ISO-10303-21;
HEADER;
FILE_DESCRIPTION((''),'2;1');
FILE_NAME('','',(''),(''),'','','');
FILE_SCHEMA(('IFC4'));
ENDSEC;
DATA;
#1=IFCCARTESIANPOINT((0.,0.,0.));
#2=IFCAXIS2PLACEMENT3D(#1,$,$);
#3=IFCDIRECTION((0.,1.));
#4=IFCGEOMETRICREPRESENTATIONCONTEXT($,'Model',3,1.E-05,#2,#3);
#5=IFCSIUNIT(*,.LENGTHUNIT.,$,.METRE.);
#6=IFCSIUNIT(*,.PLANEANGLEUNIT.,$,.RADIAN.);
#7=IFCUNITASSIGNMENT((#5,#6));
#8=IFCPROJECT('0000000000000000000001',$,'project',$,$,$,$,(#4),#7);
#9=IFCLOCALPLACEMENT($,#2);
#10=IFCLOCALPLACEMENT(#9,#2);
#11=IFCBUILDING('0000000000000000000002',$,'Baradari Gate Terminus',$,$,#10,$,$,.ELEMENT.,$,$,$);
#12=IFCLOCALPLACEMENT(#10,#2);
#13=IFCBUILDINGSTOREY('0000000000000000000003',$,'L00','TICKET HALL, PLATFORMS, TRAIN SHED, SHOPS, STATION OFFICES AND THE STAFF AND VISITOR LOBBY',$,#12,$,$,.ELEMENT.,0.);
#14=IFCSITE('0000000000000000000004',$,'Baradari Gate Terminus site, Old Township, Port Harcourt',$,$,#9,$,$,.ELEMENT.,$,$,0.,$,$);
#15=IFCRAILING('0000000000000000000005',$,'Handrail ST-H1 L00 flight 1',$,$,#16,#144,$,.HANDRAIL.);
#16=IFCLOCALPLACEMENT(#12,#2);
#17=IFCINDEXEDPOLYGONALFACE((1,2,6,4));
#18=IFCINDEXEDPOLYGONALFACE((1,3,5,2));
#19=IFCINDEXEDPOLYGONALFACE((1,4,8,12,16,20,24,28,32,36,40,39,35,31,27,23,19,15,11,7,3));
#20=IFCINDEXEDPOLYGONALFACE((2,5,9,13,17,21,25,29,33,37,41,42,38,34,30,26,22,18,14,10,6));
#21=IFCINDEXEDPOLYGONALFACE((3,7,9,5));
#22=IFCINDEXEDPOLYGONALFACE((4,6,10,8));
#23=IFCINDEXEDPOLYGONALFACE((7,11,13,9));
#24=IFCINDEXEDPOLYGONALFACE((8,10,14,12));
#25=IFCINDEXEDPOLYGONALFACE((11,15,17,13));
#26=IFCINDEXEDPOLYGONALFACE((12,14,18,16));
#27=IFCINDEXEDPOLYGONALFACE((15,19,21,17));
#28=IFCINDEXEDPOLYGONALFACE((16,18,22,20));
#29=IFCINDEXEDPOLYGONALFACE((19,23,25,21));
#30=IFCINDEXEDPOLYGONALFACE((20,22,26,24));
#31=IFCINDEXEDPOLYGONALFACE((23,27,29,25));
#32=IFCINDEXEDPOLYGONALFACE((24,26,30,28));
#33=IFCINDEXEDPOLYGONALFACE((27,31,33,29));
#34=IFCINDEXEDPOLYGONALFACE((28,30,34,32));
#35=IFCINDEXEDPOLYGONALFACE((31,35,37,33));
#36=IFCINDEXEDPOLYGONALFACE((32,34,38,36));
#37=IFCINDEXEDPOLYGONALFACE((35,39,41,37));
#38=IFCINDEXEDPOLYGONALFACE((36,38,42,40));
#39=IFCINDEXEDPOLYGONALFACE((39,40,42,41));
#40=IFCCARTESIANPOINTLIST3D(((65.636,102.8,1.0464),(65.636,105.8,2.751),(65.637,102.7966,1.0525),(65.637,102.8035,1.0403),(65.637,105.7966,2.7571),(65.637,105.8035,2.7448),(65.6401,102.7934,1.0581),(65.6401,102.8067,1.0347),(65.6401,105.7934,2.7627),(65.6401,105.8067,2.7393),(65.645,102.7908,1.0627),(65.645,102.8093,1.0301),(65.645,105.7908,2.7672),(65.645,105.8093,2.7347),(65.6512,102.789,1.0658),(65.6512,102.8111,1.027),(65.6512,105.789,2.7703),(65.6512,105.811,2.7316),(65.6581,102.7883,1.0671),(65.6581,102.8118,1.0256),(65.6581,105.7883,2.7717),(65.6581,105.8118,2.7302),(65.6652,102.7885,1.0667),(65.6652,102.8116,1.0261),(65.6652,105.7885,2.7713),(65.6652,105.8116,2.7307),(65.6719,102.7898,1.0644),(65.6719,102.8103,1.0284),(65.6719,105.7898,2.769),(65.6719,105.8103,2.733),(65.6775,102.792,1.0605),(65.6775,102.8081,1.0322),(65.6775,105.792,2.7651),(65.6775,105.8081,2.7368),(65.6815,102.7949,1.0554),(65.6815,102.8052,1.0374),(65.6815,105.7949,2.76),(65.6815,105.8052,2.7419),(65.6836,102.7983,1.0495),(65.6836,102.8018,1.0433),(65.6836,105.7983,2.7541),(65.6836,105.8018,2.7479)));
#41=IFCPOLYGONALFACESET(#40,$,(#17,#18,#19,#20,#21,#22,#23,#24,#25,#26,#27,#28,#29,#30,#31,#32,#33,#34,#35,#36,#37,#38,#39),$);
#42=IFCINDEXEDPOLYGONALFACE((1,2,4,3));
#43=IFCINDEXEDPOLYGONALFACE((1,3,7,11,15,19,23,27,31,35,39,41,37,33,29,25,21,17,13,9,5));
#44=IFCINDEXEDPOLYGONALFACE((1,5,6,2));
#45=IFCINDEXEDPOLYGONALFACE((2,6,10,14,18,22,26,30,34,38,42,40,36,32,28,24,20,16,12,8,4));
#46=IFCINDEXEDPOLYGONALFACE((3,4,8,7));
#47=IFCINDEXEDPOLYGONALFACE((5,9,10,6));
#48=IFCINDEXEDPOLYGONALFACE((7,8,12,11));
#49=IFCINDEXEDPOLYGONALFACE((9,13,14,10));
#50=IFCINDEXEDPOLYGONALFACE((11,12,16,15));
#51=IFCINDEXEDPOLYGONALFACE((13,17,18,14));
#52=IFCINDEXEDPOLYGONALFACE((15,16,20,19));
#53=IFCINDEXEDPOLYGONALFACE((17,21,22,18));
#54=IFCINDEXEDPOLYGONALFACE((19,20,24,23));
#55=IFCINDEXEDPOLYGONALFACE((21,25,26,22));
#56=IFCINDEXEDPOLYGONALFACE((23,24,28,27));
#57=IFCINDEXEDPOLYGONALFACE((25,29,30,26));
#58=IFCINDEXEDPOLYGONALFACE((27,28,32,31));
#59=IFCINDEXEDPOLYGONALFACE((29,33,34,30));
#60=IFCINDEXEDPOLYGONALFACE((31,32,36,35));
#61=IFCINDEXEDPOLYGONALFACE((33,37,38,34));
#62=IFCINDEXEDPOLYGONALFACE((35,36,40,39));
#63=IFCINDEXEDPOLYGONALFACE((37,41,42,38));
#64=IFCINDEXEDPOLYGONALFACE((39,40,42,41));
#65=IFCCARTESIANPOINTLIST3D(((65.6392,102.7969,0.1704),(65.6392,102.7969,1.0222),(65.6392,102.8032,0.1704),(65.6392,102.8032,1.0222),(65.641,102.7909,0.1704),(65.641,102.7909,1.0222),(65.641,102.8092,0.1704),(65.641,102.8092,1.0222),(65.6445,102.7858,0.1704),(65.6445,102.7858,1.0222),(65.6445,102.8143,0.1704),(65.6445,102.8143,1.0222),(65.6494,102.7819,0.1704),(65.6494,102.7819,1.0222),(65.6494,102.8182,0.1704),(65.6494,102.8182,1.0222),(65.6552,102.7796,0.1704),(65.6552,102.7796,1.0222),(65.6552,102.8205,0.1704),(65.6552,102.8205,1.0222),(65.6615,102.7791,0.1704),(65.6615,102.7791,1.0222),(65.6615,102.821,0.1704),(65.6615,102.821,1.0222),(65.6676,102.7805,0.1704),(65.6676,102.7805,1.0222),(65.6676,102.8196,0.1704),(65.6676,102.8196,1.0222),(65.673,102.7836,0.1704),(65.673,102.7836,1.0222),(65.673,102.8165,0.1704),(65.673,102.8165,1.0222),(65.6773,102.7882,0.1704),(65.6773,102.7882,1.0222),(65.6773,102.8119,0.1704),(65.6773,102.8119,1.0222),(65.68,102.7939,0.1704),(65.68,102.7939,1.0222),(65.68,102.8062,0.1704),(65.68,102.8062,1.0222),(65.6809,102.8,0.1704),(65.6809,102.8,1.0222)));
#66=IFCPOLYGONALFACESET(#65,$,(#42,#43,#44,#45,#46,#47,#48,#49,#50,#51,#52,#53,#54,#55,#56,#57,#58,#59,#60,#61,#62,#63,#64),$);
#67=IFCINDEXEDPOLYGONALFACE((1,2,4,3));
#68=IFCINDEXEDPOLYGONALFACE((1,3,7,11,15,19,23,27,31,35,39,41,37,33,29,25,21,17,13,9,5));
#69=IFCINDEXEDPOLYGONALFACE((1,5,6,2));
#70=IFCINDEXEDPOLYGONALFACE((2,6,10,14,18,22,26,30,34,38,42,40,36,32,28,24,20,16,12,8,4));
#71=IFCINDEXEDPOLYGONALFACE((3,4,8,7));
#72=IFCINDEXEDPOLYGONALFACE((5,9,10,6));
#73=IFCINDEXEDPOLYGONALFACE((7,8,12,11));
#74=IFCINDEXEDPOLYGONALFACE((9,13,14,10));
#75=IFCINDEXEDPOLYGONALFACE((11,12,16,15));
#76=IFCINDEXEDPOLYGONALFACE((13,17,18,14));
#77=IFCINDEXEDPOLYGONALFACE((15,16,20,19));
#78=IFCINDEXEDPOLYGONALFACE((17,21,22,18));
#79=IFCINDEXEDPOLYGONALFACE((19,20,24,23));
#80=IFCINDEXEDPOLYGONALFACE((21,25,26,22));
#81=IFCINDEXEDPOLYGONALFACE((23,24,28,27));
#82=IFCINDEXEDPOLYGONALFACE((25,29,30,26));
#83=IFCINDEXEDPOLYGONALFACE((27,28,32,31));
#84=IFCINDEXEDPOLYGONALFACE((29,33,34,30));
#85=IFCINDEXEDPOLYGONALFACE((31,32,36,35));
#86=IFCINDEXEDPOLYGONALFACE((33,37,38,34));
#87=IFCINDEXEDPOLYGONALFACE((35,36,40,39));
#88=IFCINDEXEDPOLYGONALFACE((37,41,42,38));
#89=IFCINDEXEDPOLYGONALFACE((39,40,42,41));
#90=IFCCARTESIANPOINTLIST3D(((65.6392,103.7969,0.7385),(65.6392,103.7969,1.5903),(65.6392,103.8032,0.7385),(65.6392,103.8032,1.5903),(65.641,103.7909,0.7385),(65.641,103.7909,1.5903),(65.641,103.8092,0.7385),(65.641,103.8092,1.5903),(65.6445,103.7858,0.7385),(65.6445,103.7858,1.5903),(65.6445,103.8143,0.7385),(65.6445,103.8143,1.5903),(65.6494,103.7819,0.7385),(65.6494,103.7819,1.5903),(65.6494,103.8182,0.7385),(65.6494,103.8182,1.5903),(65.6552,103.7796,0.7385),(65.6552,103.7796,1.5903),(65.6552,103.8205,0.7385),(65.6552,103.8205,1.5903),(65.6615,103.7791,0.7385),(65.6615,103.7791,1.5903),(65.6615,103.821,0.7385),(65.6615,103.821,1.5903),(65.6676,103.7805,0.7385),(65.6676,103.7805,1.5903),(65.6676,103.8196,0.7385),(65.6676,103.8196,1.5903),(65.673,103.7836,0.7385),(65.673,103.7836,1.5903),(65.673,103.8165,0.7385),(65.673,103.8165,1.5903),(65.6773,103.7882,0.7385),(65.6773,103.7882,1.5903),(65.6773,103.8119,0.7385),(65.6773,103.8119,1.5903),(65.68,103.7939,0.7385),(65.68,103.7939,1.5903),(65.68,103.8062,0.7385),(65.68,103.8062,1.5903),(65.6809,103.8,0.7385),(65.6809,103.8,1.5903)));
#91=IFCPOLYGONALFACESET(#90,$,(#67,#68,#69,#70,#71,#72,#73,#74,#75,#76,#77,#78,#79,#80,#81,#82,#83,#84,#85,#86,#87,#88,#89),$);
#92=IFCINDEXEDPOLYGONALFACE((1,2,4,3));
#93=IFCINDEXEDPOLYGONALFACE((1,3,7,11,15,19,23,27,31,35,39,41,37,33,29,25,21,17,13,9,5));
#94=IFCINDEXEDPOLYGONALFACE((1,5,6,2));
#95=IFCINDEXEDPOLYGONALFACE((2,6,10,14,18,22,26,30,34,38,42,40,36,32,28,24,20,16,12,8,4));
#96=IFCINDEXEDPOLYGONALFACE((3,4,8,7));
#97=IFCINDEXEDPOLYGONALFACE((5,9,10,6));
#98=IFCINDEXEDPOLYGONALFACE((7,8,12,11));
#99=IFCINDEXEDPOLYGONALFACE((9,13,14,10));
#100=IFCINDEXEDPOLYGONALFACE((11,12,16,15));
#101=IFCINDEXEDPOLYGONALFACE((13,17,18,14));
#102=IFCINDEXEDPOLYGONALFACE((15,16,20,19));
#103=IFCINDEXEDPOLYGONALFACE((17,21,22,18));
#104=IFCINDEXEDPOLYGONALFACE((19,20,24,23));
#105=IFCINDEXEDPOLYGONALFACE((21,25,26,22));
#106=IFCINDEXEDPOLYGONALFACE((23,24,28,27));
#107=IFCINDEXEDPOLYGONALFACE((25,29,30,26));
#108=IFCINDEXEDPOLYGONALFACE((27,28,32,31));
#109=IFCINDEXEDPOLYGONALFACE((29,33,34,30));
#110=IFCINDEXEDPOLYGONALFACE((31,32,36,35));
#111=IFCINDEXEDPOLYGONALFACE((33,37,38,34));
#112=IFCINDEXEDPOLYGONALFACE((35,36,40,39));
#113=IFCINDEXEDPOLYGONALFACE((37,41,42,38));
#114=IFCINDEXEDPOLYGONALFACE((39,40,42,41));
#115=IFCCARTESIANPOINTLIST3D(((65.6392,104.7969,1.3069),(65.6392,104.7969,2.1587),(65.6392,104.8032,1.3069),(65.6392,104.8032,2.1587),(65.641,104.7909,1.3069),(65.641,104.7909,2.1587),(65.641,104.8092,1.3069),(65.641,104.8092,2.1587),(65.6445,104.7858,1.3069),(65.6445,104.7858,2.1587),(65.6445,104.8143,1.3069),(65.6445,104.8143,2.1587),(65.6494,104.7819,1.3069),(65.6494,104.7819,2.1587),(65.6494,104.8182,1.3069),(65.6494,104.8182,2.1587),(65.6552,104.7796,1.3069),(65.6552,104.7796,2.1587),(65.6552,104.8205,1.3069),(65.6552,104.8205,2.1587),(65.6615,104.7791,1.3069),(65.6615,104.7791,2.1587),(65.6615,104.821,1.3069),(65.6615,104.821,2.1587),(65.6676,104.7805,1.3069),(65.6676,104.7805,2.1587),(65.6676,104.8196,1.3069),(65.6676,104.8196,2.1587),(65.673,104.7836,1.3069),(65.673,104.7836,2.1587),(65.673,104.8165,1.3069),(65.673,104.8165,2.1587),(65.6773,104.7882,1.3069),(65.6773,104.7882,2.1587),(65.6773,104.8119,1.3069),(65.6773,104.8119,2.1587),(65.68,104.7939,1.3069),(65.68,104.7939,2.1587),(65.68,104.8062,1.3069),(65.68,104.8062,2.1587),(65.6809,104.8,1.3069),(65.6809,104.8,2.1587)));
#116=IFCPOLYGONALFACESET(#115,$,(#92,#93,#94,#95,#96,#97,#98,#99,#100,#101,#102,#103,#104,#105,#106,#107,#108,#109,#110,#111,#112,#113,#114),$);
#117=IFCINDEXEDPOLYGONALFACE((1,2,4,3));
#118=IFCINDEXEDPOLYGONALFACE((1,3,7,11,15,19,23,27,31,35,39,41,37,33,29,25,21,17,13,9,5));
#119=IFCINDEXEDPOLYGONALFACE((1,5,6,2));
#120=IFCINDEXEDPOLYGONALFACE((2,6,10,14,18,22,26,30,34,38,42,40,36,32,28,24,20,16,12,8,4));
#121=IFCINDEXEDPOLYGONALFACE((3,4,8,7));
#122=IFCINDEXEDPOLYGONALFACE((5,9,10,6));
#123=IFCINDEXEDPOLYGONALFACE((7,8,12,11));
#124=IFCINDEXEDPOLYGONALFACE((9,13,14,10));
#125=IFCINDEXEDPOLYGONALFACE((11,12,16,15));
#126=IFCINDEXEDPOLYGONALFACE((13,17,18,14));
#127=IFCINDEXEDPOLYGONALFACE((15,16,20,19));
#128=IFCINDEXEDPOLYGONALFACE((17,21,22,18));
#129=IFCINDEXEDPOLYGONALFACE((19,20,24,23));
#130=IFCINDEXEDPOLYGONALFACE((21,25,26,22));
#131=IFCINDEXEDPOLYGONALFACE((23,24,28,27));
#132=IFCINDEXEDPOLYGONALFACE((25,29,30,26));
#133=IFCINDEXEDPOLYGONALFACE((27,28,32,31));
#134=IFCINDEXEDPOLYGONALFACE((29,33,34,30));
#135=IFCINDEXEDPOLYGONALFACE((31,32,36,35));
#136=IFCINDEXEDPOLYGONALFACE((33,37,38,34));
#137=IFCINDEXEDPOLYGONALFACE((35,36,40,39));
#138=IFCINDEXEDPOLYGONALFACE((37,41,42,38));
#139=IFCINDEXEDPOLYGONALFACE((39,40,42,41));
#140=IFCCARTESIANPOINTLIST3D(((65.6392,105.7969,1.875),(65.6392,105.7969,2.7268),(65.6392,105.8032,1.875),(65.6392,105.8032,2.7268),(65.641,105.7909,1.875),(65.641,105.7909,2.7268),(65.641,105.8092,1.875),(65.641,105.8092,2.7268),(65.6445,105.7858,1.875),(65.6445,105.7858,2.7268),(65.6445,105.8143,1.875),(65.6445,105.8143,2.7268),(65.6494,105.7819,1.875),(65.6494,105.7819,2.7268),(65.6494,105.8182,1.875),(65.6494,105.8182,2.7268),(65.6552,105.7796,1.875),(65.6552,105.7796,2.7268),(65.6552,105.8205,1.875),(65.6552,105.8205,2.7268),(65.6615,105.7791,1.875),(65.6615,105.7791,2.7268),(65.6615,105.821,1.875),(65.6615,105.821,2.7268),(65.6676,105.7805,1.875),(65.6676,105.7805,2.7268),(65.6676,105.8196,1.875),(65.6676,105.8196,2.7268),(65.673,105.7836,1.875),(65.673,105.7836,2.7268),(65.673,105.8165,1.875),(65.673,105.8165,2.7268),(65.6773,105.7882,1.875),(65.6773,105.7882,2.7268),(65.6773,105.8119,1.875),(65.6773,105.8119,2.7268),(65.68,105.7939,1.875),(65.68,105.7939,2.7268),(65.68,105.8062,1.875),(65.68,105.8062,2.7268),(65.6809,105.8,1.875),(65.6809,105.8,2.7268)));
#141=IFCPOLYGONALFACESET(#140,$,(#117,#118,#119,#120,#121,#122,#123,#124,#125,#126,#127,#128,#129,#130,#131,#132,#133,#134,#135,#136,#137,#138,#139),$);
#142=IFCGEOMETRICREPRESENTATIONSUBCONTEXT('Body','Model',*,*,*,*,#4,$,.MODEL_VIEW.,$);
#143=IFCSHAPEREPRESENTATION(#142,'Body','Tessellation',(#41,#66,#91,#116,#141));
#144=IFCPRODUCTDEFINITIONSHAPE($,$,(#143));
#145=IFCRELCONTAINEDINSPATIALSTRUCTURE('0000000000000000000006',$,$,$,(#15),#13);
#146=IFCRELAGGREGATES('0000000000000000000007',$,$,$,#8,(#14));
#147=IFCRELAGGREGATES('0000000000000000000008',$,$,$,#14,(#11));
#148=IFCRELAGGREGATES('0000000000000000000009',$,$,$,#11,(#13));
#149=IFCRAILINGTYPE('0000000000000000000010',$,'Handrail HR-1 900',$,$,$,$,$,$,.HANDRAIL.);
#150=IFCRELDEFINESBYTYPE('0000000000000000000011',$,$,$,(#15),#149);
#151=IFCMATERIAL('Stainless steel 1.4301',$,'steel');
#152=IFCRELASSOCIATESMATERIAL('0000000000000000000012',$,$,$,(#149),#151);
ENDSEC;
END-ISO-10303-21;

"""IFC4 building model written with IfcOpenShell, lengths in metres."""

from ifc_helpers import new_model, si_unit, direction, frame, origin, origin_2d, place, context, subcontext, project, spatial, circle, extrude, material, type_object, element, save


model = new_model("IFC4")

# Units and contexts
model_context = context("Model", 3, precision=1e-05, world=origin(), true_north=direction((0.0, 1.0)))
body_context = subcontext(model_context, "Body", "Model", "MODEL_VIEW")
ifc_project = project(units=[si_unit("LENGTHUNIT", "METRE"), si_unit("PLANEANGLEUNIT", "RADIAN")], contexts=[model_context])

# Site, building, storey
site_placement = place(None, origin())
site = spatial("IfcSite", under=ifc_project, at=site_placement, Name="Baradari Gate Terminus site, Old Township, Port Harcourt", CompositionType="ELEMENT", RefElevation=0.0)
building_placement = place(site_placement, origin())
building = spatial("IfcBuilding", under=site, at=building_placement, Name="Baradari Gate Terminus", CompositionType="ELEMENT")
storey_placement = place(building_placement, origin())
storey = spatial("IfcBuildingStorey", under=building, at=storey_placement, Name="L00", Description="TICKET HALL, PLATFORMS, TRAIN SHED, SHOPS, STATION OFFICES AND THE STAFF AND VISITOR LOBBY", CompositionType="ELEMENT", Elevation=0.0)

# Railing
ifc_material_1 = material(Name="Stainless steel 1.4301", Category="steel")
railing_type_1 = type_object("IfcRailingType", Name="Handrail HR-1 900", PredefinedType="HANDRAIL", material=ifc_material_1)
for number, where, name in (
    (1, (65.6599, 102.8, 0.1704), "Handrail ST-H1 L00 flight 1"),
):
    element("IfcRailing", number, at=place(storey_placement, frame(where)), inside=storey, type_object=railing_type_1, Name=name, PredefinedType="HANDRAIL", context=body_context, shape_type="SweptSolid", body=[
        extrude(circle(Radius=0.0239, at=origin_2d()), frame((0.0, 0.0, 0.876), z_axis=(0.0, 0.869451, 0.494019), x_axis=(-1.0, 0.0, 0.0)), (0.0, 0.0, 1.0), 3.4504),
        extrude(circle(Radius=0.021, at=origin_2d()), origin(), (0.0, 0.0, 1.0), 0.8518),
        extrude(circle(Radius=0.021, at=origin_2d()), frame((0.0, 1.0, 0.5681)), (0.0, 0.0, 1.0), 0.8518),
        extrude(circle(Radius=0.021, at=origin_2d()), frame((0.0, 2.0, 1.1365)), (0.0, 0.0, 1.0), 0.8518),
        extrude(circle(Radius=0.021, at=origin_2d()), frame((0.0, 3.0, 1.7046)), (0.0, 0.0, 1.0), 0.8518),
    ])

save(model, "model.ifc")
